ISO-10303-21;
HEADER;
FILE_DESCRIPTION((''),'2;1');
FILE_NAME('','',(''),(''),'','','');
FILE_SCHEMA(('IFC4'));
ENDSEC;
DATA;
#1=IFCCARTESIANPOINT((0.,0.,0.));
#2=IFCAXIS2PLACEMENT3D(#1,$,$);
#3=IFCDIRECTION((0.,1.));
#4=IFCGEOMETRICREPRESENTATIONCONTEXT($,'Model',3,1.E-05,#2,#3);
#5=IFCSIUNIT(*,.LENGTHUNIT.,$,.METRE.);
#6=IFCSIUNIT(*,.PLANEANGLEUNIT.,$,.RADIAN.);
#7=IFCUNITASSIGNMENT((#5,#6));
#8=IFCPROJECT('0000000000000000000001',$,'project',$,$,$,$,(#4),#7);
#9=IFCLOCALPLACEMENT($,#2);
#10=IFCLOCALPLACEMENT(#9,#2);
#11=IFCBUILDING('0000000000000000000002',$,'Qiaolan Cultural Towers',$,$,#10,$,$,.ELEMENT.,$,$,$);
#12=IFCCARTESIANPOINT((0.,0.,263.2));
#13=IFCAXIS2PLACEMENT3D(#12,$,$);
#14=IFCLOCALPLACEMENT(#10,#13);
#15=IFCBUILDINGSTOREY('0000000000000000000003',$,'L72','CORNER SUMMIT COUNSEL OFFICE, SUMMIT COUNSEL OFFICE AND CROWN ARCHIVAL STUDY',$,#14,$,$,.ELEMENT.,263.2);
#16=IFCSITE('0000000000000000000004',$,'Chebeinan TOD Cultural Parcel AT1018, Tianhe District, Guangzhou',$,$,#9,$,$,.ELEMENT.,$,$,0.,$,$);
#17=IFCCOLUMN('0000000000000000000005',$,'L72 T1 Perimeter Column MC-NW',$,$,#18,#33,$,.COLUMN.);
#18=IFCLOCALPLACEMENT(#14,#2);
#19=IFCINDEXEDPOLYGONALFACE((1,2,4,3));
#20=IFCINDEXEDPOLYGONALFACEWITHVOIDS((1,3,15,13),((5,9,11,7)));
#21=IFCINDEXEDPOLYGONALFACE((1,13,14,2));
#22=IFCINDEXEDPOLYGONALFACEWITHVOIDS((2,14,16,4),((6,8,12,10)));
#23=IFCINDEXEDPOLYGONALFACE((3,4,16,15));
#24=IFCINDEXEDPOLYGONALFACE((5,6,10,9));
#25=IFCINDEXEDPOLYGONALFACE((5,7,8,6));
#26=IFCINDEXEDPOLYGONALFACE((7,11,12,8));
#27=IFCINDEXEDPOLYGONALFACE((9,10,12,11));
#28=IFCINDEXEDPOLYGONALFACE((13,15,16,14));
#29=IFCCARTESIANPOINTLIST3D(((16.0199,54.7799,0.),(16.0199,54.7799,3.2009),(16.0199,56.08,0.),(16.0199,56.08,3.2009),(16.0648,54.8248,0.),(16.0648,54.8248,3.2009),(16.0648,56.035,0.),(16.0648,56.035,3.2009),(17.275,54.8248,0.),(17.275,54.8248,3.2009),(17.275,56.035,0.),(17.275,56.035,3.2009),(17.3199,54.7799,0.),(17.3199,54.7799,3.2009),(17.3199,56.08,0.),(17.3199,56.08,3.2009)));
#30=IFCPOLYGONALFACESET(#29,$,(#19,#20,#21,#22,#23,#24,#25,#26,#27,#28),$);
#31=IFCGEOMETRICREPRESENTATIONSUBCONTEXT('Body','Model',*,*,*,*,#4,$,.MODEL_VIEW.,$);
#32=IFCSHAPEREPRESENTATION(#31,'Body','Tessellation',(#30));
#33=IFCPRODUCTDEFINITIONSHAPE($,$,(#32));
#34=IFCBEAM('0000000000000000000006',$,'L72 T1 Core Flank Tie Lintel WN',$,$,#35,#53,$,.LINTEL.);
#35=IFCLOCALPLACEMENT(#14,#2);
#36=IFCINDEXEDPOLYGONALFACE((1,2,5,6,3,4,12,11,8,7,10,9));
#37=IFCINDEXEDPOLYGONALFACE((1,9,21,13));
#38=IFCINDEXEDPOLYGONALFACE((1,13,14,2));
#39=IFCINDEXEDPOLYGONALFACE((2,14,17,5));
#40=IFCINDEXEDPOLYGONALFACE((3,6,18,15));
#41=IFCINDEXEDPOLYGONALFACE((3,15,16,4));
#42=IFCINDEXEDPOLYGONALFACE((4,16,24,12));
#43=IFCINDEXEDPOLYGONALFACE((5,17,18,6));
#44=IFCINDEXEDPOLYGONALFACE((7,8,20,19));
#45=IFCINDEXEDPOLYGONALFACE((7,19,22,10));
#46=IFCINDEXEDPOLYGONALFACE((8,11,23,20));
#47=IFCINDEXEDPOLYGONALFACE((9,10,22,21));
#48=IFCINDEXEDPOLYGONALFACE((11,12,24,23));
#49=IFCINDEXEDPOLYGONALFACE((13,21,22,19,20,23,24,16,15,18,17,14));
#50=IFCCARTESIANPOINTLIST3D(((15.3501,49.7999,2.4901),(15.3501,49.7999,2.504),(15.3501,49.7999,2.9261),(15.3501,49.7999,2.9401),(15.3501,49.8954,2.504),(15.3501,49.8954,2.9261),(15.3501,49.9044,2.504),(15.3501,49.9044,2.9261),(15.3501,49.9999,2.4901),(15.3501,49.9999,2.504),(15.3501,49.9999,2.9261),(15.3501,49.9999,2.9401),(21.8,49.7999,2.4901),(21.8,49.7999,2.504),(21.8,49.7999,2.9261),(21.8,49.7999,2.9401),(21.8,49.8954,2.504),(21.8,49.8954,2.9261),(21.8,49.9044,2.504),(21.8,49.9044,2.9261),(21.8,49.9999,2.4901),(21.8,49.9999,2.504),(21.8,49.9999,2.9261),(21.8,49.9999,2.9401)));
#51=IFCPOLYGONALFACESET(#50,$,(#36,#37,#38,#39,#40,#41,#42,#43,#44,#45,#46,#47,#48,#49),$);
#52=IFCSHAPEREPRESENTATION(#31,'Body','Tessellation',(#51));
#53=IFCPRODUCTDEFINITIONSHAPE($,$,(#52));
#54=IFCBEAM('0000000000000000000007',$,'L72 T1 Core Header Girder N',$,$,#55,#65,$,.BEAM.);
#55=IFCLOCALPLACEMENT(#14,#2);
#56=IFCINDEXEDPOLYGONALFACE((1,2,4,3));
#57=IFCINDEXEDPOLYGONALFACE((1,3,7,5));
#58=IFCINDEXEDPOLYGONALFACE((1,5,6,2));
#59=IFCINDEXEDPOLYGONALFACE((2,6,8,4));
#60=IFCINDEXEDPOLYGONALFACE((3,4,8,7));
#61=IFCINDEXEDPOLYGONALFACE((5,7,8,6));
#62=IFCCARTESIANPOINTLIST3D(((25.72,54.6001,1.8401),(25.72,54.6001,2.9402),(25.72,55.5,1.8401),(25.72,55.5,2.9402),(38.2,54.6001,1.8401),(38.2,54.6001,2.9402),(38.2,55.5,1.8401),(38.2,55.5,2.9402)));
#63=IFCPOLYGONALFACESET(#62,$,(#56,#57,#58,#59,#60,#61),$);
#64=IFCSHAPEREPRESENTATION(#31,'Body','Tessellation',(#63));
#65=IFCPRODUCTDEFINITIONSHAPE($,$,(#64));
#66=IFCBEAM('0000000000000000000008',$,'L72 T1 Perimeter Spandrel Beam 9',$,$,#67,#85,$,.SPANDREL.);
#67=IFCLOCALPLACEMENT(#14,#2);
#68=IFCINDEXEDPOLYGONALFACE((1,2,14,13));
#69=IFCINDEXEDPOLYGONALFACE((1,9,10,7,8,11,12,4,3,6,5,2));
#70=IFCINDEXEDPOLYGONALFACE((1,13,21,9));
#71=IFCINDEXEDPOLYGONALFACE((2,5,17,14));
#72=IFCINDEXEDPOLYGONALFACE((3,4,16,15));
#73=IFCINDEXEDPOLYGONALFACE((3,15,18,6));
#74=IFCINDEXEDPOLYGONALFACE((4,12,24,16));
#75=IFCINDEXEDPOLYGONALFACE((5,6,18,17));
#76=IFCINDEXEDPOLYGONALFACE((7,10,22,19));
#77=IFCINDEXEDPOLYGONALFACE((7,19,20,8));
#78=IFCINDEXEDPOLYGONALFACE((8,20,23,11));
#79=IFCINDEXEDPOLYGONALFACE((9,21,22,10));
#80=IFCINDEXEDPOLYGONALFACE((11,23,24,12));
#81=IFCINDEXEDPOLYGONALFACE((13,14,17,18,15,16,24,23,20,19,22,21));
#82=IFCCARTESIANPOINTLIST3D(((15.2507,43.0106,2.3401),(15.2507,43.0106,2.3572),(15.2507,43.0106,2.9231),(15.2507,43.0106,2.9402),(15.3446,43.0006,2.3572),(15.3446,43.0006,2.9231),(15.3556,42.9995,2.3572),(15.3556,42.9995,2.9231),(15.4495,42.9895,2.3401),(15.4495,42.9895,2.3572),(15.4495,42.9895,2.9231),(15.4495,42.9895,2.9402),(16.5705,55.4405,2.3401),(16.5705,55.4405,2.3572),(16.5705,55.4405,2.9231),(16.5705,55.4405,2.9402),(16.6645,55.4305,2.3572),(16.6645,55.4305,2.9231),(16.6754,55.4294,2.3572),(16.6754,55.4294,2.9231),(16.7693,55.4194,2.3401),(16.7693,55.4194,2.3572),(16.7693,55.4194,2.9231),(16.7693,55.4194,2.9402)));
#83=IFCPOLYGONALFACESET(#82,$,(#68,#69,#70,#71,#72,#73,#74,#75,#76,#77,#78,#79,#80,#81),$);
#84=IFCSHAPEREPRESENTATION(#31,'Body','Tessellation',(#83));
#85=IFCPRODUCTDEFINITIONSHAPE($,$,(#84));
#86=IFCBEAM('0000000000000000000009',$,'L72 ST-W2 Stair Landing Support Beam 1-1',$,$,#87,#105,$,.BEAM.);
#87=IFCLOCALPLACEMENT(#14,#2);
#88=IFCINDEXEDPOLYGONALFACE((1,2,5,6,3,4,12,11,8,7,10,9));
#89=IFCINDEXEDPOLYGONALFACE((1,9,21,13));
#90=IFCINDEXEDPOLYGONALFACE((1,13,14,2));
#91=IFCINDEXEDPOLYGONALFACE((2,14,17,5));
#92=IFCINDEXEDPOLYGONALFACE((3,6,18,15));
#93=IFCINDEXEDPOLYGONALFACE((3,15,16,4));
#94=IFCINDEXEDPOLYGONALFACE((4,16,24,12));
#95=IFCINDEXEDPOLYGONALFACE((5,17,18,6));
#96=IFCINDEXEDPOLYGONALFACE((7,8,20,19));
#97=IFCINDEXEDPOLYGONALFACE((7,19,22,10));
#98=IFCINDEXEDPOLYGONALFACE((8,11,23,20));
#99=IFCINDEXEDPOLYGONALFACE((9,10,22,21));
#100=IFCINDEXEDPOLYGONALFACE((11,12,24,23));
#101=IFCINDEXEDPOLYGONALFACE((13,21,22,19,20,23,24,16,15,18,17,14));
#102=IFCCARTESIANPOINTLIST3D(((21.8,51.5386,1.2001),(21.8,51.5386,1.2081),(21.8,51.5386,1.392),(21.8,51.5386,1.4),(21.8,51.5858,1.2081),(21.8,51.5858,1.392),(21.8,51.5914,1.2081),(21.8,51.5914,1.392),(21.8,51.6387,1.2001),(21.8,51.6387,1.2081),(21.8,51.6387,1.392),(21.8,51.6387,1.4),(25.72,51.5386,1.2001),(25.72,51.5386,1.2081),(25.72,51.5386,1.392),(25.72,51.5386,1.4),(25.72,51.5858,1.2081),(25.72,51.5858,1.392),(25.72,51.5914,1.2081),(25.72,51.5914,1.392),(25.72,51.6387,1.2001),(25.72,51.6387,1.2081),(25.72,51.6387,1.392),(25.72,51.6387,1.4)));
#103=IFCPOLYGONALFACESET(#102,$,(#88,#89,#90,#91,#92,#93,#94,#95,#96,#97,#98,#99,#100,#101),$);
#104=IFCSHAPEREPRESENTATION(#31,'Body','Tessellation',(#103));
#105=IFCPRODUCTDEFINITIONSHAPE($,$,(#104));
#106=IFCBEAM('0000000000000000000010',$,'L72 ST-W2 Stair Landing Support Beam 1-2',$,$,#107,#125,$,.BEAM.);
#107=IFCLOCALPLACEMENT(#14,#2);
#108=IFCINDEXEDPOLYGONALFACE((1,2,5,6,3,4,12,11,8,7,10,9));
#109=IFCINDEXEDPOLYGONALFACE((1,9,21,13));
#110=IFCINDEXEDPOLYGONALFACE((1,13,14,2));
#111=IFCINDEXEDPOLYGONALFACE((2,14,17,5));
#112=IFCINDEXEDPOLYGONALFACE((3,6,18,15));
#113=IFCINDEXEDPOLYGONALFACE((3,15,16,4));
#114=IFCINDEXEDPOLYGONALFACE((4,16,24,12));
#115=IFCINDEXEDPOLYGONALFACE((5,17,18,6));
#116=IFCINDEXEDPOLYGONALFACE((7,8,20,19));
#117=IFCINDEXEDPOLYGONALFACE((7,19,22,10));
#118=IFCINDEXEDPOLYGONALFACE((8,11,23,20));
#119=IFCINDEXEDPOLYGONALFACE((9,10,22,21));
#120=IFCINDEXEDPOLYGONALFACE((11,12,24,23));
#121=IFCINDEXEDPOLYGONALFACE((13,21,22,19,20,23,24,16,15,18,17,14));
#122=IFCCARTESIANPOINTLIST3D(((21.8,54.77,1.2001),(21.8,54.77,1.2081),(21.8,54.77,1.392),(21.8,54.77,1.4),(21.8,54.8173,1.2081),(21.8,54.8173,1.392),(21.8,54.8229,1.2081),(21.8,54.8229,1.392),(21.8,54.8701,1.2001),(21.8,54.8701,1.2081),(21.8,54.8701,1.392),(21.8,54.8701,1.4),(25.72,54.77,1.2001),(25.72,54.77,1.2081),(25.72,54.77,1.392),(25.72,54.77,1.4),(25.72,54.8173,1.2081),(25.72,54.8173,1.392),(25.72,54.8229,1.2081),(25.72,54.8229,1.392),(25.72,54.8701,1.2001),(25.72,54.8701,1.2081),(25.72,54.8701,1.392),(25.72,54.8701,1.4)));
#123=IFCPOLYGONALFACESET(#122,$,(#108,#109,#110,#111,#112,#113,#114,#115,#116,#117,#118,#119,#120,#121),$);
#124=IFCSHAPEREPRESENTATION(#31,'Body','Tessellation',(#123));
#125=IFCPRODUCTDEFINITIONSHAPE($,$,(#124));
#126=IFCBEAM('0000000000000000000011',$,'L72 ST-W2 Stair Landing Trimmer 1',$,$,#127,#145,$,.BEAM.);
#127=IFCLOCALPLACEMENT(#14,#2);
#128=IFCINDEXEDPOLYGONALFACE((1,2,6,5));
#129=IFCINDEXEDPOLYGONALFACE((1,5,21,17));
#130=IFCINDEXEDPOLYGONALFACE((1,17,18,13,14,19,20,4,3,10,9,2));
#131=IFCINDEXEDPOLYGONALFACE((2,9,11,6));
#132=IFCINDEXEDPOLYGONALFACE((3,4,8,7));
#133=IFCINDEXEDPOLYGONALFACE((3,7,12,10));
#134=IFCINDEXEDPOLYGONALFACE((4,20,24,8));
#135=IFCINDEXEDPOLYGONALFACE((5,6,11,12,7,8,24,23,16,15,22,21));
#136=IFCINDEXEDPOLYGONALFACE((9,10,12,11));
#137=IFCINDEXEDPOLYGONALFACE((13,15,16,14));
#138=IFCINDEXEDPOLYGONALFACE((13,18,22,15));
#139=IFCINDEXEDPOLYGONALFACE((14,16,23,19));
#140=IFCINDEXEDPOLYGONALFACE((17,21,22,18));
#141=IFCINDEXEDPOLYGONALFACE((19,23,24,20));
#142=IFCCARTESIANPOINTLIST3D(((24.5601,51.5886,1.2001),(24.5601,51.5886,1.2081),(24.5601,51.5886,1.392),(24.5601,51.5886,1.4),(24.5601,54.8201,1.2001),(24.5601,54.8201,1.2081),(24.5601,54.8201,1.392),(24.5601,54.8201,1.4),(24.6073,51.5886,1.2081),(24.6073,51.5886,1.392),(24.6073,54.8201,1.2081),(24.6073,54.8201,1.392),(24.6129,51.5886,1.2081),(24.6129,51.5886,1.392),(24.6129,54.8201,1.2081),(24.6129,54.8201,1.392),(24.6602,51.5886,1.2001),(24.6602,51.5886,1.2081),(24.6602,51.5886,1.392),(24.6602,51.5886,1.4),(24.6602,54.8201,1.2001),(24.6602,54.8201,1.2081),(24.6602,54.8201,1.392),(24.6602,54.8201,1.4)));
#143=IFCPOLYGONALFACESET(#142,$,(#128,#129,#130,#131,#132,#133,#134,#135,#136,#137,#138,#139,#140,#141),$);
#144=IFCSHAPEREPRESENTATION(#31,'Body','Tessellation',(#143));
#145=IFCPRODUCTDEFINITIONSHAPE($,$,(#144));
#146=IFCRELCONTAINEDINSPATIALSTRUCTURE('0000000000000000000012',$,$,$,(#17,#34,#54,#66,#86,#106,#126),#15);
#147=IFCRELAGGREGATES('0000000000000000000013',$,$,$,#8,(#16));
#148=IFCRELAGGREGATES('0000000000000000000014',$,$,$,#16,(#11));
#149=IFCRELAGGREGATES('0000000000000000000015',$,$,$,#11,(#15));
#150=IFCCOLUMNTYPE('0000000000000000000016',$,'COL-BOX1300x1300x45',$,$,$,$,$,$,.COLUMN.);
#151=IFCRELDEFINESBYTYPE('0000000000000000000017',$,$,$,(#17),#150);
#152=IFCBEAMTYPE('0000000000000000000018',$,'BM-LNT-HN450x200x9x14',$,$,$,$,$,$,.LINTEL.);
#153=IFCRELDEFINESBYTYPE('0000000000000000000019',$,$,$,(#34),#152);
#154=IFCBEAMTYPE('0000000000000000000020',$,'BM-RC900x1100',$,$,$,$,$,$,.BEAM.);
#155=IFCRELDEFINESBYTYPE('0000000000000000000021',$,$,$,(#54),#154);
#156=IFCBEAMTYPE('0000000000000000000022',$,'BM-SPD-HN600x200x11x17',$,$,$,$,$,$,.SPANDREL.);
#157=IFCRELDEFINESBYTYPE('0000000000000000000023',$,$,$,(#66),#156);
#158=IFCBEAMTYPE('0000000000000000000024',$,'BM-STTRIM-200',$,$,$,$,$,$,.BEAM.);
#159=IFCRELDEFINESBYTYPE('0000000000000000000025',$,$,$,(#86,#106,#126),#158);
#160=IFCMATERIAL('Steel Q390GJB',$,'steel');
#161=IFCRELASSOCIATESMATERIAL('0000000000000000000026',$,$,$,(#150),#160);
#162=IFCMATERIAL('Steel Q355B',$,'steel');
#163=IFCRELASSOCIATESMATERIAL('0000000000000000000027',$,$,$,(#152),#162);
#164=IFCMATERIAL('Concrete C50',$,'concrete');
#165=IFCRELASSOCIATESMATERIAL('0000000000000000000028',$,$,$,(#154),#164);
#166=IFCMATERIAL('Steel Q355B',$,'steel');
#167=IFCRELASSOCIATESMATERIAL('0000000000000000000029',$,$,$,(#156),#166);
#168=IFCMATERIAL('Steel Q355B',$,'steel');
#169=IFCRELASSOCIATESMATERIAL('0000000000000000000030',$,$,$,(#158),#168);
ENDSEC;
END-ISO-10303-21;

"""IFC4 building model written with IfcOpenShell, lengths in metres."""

from ifc_helpers import new_model, si_unit, direction, frame, origin, origin_2d, place, context, subcontext, project, spatial, rectangle, hollow_rectangle, i_section, extrude, material, material_profile, profile_set, type_object, element, save


model = new_model("IFC4")

# Units and contexts
model_context = context("Model", 3, precision=1e-05, world=origin(), true_north=direction((0.0, 1.0)))
body_context = subcontext(model_context, "Body", "Model", "MODEL_VIEW")
ifc_project = project(units=[si_unit("LENGTHUNIT", "METRE"), si_unit("PLANEANGLEUNIT", "RADIAN")], contexts=[model_context])

# Site, building, storey
site_placement = place(None, origin())
site = spatial("IfcSite", under=ifc_project, at=site_placement, Name="Chebeinan TOD Cultural Parcel AT1018, Tianhe District, Guangzhou", CompositionType="ELEMENT", RefElevation=0.0)
building_placement = place(site_placement, origin())
building = spatial("IfcBuilding", under=site, at=building_placement, Name="Qiaolan Cultural Towers", CompositionType="ELEMENT")
storey_placement = place(building_placement, frame((0.0, 0.0, 263.2)))
storey = spatial("IfcBuildingStorey", under=building, at=storey_placement, Name="L72", Description="CORNER SUMMIT COUNSEL OFFICE, SUMMIT COUNSEL OFFICE AND CROWN ARCHIVAL STUDY", CompositionType="ELEMENT", Elevation=263.2)

# Column
ifc_material_1 = material(Name="Steel Q390GJB", Category="steel")
ifc_material_profile_1 = material_profile(ifc_material_1, hollow_rectangle(XDim=1.3, YDim=1.3, WallThickness=0.0449, at=origin_2d()), Name="BOX1300x1300x45")
ifc_profile_set_1 = profile_set([ifc_material_profile_1], Name="Steel Q390GJB")
column_type = type_object("IfcColumnType", Name="COL-BOX1300x1300x45", PredefinedType="COLUMN", material=ifc_profile_set_1)
column_placement = place(storey_placement, frame((16.6699, 55.4299, 0.0), z_axis=(0.0, 0.0, 1.0), x_axis=(1.0, 0.0, 0.0)))
element("IfcColumn", 1, at=column_placement, inside=storey, type_object=column_type, Name="L72 T1 Perimeter Column MC-NW", PredefinedType="COLUMN", context=body_context, shape_type="SweptSolid", body=[
    extrude(hollow_rectangle(XDim=1.3, YDim=1.3, WallThickness=0.0449, at=origin_2d()), origin(), (0.0, 0.0, 1.0), 3.2009),
])

# Beams
ifc_material_2 = material(Name="Steel Q355B", Category="steel")
ifc_material_profile_2 = material_profile(ifc_material_2, i_section(OverallWidth=0.2, OverallDepth=0.45, WebThickness=0.009, FlangeThickness=0.0139, at=origin_2d()), Name="HN450x200x9x14")
ifc_profile_set_2 = profile_set([ifc_material_profile_2], Name="Steel Q355B")
beam_type_1 = type_object("IfcBeamType", Name="BM-LNT-HN450x200x9x14", PredefinedType="LINTEL", material=ifc_profile_set_2)
beam_1_placement = place(storey_placement, frame((21.8, 49.8999, 2.7151), z_axis=(-1.0, 0.0, 0.0), x_axis=(0.0, -1.0, 0.0)))
element("IfcBeam", 2, at=beam_1_placement, inside=storey, type_object=beam_type_1, Name="L72 T1 Core Flank Tie Lintel WN", PredefinedType="LINTEL", context=body_context, shape_type="SweptSolid", body=[
    extrude(i_section(OverallWidth=0.2, OverallDepth=0.45, WebThickness=0.009, FlangeThickness=0.0139, at=origin_2d()), origin(), (0.0, 0.0, 1.0), 6.45),
])
ifc_material_3 = material(Name="Concrete C50", Category="concrete")
ifc_material_profile_3 = material_profile(ifc_material_3, rectangle(XDim=0.8999, YDim=1.1001, at=origin_2d()), Name="RC900x1100")
ifc_profile_set_3 = profile_set([ifc_material_profile_3], Name="Concrete C50")
beam_type_2 = type_object("IfcBeamType", Name="BM-RC900x1100", PredefinedType="BEAM", material=ifc_profile_set_3)
beam_2_placement = place(storey_placement, frame((25.72, 55.05, 2.3901), z_axis=(1.0, 0.0, 0.0), x_axis=(0.0, 1.0, 0.0)))
element("IfcBeam", 3, at=beam_2_placement, inside=storey, type_object=beam_type_2, Name="L72 T1 Core Header Girder N", PredefinedType="BEAM", context=body_context, shape_type="SweptSolid", body=[
    extrude(rectangle(XDim=0.8999, YDim=1.1001, at=origin_2d()), origin(), (0.0, 0.0, 1.0), 12.48),
])
ifc_material_4 = material(Name="Steel Q355B", Category="steel")
ifc_material_profile_4 = material_profile(ifc_material_4, i_section(OverallWidth=0.2, OverallDepth=0.6001, WebThickness=0.011, FlangeThickness=0.0171, at=origin_2d()), Name="HN600x200x11x17")
ifc_profile_set_4 = profile_set([ifc_material_profile_4], Name="Steel Q355B")
beam_type_3 = type_object("IfcBeamType", Name="BM-SPD-HN600x200x11x17", PredefinedType="SPANDREL", material=ifc_profile_set_4)
beam_3_placement = place(storey_placement, frame((16.6699, 55.4299, 2.6401), z_axis=(-0.105588, -0.99441, 0.0), x_axis=(0.99441, -0.105588, 0.0)))
element("IfcBeam", 4, at=beam_3_placement, inside=storey, type_object=beam_type_3, Name="L72 T1 Perimeter Spandrel Beam 9", PredefinedType="SPANDREL", context=body_context, shape_type="SweptSolid", body=[
    extrude(i_section(OverallWidth=0.2, OverallDepth=0.6001, WebThickness=0.011, FlangeThickness=0.0171, at=origin_2d()), origin(), (0.0, 0.0, 1.0), 12.4998),
])
ifc_material_5 = material(Name="Steel Q355B", Category="steel")
ifc_material_profile_5 = material_profile(ifc_material_5, i_section(OverallWidth=0.1001, OverallDepth=0.2, WebThickness=0.0056, FlangeThickness=0.0081, at=origin_2d()), Name="HN200x100x5.5x8")
ifc_profile_set_5 = profile_set([ifc_material_profile_5], Name="Steel Q355B")
beam_type_4 = type_object("IfcBeamType", Name="BM-STTRIM-200", PredefinedType="BEAM", material=ifc_profile_set_5)
for number, where, z_axis, x_axis, name in (
    (5, (21.8, 51.5886, 1.3), (1.0, 0.0, 0.0), (0.0, 1.0, 0.0), "L72 ST-W2 Stair Landing Support Beam 1-1"),
    (6, (21.8, 54.8201, 1.3), (1.0, 0.0, 0.0), (0.0, 1.0, 0.0), "L72 ST-W2 Stair Landing Support Beam 1-2"),
):
    element("IfcBeam", number, at=place(storey_placement, frame(where, z_axis=z_axis, x_axis=x_axis)), inside=storey, type_object=beam_type_4, Name=name, PredefinedType="BEAM", context=body_context, shape_type="SweptSolid", body=[
        extrude(i_section(OverallWidth=0.1001, OverallDepth=0.2, WebThickness=0.0056, FlangeThickness=0.0081, at=origin_2d()), origin(), (0.0, 0.0, 1.0), 3.9199),
    ])
beam_4_placement = place(storey_placement, frame((24.6101, 51.5886, 1.3), z_axis=(0.0, 1.0, 0.0), x_axis=(-1.0, 0.0, 0.0)))
element("IfcBeam", 7, at=beam_4_placement, inside=storey, type_object=beam_type_4, Name="L72 ST-W2 Stair Landing Trimmer 1", PredefinedType="BEAM", context=body_context, shape_type="SweptSolid", body=[
    extrude(i_section(OverallWidth=0.1001, OverallDepth=0.2, WebThickness=0.0056, FlangeThickness=0.0081, at=origin_2d()), origin(), (0.0, 0.0, 1.0), 3.2314),
])

save(model, "model.ifc")
